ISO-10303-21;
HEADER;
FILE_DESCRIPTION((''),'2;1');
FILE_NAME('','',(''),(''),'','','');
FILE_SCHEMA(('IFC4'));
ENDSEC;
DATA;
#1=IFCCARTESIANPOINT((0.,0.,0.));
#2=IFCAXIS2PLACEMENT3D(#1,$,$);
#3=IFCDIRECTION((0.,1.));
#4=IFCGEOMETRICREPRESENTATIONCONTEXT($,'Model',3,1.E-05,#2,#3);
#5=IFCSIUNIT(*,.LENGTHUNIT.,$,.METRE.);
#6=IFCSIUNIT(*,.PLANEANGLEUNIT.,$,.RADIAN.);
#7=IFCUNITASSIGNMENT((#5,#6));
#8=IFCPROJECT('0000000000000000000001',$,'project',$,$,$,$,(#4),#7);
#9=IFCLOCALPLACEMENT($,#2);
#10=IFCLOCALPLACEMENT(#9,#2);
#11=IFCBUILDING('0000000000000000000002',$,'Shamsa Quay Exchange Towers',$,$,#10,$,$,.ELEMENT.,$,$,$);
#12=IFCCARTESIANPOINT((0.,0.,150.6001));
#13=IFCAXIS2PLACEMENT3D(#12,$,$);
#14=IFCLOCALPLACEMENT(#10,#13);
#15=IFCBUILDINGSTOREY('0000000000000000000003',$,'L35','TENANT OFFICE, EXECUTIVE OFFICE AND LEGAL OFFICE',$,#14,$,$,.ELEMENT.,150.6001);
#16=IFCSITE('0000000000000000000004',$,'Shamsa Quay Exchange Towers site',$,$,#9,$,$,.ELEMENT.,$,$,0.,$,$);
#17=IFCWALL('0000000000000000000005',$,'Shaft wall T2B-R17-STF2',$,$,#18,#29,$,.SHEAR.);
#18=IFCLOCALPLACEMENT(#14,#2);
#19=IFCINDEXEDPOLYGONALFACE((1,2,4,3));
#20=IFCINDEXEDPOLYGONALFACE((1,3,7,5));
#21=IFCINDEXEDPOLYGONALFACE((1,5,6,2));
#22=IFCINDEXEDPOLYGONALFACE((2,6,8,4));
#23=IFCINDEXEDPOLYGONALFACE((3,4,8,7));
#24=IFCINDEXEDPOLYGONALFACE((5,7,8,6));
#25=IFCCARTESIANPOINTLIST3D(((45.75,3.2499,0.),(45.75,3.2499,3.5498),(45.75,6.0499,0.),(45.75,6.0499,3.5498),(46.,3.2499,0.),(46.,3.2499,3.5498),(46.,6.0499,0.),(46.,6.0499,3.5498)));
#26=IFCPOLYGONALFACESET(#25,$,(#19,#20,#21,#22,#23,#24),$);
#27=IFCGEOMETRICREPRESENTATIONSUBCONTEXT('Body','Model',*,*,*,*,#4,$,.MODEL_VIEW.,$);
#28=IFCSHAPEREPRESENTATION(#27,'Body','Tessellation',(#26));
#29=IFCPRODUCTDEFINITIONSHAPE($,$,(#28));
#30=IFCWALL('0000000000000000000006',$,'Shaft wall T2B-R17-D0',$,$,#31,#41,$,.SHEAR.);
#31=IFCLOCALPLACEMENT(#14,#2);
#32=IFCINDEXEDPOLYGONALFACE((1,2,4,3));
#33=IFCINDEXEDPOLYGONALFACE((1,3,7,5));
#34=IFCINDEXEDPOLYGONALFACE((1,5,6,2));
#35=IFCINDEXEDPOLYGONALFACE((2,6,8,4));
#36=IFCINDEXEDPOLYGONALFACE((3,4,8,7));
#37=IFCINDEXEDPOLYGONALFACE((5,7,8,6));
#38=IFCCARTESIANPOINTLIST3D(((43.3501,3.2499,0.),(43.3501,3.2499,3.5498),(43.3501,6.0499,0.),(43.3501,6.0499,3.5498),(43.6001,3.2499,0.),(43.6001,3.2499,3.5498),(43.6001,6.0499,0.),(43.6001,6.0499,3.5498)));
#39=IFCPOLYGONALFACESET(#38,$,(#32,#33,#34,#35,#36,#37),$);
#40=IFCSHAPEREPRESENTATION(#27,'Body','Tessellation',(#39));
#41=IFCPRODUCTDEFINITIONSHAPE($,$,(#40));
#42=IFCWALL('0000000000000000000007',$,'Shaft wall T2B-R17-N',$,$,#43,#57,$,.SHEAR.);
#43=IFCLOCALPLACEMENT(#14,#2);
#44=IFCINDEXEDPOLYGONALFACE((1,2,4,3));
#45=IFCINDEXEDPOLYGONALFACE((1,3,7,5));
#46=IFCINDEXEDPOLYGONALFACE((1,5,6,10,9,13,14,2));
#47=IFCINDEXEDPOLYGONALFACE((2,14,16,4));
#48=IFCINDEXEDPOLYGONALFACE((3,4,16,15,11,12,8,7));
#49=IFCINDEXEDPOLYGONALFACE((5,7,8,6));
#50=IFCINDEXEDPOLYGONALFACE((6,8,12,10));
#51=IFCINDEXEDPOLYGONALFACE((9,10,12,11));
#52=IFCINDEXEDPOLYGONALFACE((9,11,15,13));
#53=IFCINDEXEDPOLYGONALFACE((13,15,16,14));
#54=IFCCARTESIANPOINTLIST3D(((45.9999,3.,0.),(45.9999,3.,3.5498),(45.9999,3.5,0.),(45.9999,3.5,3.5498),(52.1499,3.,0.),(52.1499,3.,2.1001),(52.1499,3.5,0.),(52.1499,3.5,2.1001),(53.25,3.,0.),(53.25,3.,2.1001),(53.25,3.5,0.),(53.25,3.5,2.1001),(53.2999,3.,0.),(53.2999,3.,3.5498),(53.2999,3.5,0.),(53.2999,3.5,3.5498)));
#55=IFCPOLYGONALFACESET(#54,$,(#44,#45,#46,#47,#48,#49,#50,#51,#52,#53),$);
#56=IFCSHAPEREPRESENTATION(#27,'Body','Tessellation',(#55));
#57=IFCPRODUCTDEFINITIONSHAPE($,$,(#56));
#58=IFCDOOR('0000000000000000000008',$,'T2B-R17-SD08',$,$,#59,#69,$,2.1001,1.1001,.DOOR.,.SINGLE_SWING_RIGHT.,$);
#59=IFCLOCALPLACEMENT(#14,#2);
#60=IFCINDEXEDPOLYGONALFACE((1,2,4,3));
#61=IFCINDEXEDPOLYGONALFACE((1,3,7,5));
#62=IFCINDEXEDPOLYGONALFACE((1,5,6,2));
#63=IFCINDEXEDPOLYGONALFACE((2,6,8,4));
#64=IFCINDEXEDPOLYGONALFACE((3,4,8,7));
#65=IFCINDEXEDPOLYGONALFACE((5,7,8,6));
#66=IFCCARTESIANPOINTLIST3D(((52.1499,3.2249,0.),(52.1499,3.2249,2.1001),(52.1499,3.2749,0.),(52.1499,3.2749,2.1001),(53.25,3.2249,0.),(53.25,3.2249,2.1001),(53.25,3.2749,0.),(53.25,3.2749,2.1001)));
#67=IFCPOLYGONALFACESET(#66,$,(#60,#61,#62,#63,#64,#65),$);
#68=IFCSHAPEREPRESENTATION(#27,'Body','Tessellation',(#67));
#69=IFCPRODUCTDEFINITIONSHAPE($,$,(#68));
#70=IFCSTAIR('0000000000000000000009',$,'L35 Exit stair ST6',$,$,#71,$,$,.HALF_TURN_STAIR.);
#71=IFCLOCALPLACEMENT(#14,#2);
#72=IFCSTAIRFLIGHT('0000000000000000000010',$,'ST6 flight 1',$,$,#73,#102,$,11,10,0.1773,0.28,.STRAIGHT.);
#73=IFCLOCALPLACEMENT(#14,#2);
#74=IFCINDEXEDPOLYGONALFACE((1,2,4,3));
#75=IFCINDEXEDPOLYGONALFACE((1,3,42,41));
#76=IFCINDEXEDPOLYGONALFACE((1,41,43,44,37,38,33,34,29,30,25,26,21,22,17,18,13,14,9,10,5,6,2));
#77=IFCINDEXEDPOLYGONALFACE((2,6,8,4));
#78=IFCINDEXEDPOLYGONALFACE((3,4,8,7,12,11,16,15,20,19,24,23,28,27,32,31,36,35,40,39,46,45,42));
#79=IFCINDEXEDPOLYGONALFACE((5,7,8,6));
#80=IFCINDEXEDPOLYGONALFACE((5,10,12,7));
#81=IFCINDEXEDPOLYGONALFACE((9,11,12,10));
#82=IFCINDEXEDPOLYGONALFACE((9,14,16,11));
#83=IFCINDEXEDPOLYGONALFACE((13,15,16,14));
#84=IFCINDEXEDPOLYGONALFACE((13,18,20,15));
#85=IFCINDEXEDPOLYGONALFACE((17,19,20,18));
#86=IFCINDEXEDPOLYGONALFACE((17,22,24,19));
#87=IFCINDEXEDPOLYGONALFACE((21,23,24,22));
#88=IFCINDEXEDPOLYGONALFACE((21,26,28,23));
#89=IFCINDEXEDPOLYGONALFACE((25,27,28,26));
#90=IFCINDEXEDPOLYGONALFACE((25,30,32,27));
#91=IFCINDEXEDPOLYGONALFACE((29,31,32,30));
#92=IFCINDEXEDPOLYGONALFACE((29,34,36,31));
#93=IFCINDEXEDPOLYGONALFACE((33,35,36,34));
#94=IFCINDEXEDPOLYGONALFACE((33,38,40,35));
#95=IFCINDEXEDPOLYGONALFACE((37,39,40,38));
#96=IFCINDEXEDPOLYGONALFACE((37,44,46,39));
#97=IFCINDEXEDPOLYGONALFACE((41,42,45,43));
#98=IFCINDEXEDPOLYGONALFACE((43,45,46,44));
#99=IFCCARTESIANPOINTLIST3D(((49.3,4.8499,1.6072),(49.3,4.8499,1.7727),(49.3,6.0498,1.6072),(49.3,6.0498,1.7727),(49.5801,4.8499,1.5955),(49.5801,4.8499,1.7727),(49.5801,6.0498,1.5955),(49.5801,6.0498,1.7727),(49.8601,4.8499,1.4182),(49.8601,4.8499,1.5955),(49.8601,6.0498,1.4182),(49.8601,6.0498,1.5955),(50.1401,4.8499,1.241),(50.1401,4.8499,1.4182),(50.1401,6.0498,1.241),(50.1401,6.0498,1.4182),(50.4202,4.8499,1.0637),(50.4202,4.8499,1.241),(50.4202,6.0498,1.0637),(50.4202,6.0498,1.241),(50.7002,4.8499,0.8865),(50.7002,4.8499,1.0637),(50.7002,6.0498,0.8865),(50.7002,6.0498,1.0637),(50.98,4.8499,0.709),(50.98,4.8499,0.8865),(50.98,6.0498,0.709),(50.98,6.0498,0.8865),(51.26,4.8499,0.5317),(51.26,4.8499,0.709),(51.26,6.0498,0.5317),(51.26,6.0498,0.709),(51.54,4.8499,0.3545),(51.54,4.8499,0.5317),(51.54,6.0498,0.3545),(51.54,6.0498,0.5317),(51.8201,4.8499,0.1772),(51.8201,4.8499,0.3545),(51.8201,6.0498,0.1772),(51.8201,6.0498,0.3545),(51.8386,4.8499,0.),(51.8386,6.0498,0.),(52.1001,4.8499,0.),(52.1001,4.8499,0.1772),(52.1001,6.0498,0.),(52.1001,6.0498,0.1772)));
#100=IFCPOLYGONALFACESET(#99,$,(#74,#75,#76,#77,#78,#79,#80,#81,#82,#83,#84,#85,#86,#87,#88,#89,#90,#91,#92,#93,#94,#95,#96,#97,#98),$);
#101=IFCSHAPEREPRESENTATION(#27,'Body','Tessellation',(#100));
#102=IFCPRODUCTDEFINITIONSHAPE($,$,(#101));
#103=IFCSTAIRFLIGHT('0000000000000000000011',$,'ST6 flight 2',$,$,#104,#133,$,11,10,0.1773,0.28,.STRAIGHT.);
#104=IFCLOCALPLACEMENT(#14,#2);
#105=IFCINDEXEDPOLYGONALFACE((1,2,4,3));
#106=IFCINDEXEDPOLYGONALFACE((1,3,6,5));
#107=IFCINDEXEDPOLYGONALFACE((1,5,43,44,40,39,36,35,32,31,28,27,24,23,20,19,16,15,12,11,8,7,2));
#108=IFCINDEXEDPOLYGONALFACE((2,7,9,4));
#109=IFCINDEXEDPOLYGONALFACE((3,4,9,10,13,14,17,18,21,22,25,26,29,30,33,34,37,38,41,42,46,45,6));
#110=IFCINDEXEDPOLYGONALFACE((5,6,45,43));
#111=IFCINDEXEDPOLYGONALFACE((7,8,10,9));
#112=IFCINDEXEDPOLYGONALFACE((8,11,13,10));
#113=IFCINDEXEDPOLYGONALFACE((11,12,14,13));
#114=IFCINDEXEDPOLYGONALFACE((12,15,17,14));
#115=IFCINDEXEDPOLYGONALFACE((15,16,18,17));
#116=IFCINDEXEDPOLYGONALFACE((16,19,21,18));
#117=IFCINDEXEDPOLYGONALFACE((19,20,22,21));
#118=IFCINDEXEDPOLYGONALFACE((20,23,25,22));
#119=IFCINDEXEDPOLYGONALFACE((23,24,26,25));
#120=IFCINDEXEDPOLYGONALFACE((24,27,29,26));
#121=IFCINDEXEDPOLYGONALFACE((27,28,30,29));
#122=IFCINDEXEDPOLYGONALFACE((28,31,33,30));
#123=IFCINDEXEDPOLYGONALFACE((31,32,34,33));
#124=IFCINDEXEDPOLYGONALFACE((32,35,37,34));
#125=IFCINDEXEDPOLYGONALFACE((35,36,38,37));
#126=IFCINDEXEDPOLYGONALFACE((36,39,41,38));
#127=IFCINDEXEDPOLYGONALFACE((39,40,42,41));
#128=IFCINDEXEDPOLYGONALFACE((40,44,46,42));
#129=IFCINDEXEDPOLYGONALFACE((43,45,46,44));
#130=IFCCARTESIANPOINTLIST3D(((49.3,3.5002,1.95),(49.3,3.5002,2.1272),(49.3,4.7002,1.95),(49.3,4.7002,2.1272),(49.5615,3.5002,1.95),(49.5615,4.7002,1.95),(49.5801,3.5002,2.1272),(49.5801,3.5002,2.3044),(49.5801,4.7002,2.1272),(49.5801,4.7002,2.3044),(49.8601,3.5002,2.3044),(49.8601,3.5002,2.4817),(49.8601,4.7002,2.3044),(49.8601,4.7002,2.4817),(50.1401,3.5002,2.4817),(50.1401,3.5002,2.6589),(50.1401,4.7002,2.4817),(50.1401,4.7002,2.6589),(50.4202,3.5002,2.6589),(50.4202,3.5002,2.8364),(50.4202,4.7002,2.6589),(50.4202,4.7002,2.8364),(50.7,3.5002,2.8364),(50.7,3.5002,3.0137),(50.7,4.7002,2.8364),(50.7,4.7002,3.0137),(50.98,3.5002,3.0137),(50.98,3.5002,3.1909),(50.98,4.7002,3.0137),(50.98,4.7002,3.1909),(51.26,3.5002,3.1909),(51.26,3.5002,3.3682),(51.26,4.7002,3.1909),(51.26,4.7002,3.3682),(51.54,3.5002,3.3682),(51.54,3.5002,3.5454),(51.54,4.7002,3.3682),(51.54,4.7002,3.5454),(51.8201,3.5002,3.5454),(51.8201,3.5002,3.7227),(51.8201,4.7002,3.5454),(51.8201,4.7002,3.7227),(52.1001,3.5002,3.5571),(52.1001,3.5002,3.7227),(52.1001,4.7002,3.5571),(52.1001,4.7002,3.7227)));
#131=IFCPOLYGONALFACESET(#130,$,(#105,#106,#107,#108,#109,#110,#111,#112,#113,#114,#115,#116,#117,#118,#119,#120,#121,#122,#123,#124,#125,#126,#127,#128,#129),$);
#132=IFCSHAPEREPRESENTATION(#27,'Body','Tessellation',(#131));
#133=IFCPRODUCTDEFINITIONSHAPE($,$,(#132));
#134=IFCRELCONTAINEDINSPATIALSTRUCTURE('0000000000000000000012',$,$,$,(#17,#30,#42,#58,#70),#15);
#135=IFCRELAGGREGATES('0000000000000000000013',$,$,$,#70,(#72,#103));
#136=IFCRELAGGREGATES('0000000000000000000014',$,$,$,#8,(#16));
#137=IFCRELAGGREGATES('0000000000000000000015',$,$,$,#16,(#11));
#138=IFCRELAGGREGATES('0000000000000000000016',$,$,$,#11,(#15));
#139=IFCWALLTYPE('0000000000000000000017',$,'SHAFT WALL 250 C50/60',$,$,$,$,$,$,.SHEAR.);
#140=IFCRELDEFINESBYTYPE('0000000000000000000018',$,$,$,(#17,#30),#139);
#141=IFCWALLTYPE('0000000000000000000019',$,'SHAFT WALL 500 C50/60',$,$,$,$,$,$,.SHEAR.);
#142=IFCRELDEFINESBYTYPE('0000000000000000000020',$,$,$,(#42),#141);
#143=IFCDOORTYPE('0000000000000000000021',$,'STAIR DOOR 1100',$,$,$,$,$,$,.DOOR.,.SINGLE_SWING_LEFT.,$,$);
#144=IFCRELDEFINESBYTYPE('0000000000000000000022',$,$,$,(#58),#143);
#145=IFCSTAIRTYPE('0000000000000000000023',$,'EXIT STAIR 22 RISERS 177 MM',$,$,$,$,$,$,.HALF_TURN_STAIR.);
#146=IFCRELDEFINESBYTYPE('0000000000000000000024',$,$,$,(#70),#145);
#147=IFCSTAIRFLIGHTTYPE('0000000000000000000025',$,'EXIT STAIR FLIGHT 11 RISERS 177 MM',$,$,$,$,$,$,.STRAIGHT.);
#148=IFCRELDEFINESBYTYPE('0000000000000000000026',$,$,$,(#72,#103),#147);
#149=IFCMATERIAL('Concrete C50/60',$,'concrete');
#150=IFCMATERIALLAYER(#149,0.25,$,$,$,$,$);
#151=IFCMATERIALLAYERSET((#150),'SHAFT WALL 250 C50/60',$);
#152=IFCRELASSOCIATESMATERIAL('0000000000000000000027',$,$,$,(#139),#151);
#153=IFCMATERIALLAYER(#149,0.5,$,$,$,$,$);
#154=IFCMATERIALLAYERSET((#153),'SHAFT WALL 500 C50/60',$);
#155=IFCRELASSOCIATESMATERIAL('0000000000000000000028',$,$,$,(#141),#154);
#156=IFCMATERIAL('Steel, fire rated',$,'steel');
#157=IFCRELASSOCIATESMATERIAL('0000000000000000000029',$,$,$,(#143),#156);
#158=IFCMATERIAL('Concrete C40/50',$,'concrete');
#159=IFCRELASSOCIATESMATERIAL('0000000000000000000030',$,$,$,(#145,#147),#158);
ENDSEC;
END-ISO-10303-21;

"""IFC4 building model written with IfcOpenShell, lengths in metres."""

from ifc_helpers import new_model, si_unit, direction, frame, frame_2d, origin, place, context, subcontext, project, spatial, polyline, rectangle, outline, extrude, material, layer, layer_set, type_object, element, fill, aggregate, save


model = new_model("IFC4")

# Units and contexts
model_context = context("Model", 3, precision=1e-05, world=origin(), true_north=direction((0.0, 1.0)))
body_context = subcontext(model_context, "Body", "Model", "MODEL_VIEW")
ifc_project = project(units=[si_unit("LENGTHUNIT", "METRE"), si_unit("PLANEANGLEUNIT", "RADIAN")], contexts=[model_context])

# Site, building, storey
site_placement = place(None, origin())
site = spatial("IfcSite", under=ifc_project, at=site_placement, Name="Shamsa Quay Exchange Towers site", CompositionType="ELEMENT", RefElevation=0.0)
building_placement = place(site_placement, origin())
building = spatial("IfcBuilding", under=site, at=building_placement, Name="Shamsa Quay Exchange Towers", CompositionType="ELEMENT")
storey_placement = place(building_placement, frame((0.0, 0.0, 150.6001)))
storey = spatial("IfcBuildingStorey", under=building, at=storey_placement, Name="L35", Description="TENANT OFFICE, EXECUTIVE OFFICE AND LEGAL OFFICE", CompositionType="ELEMENT", Elevation=150.6001)

# Walls
ifc_material_1 = material(Name="Concrete C50/60", Category="concrete")
ifc_layer_1 = layer(ifc_material_1, 0.25)
ifc_layer_set_1 = layer_set([ifc_layer_1], Name="SHAFT WALL 250 C50/60")
wall_type_1 = type_object("IfcWallType", Name="SHAFT WALL 250 C50/60", PredefinedType="SHEAR", material=ifc_layer_set_1)
for number, where, z_axis, x_axis, name in (
    (1, (45.875, 3.25, 0.0), (0.0, 0.0, 1.0), (0.0, 1.0, 0.0), "Shaft wall T2B-R17-STF2"),
    (2, (43.4751, 3.25, 0.0), (0.0, 0.0, 1.0), (0.0, 1.0, 0.0), "Shaft wall T2B-R17-D0"),
):
    element("IfcWall", number, at=place(storey_placement, frame(where, z_axis=z_axis, x_axis=x_axis)), inside=storey, type_object=wall_type_1, Name=name, PredefinedType="SHEAR", context=body_context, shape_type="SweptSolid", body=[
        extrude(rectangle(XDim=2.8, YDim=0.25, at=frame_2d((1.3999, 0.0))), origin(), (0.0, 0.0, 1.0), 3.5498),
    ])

# Wall, opening, door
ifc_layer_2 = layer(ifc_material_1, 0.5)
ifc_layer_set_2 = layer_set([ifc_layer_2], Name="SHAFT WALL 500 C50/60")
wall_type_2 = type_object("IfcWallType", Name="SHAFT WALL 500 C50/60", PredefinedType="SHEAR", material=ifc_layer_set_2)
wall_1_placement = place(storey_placement, frame((46.0, 3.25, 0.0)))
wall_1 = element("IfcWall", 3, at=wall_1_placement, inside=storey, type_object=wall_type_2, Name="Shaft wall T2B-R17-N", PredefinedType="SHEAR", context=body_context, shape_type="SweptSolid", body=[
    extrude(rectangle(XDim=7.3, YDim=0.5, at=frame_2d((3.6499, 0.0))), origin(), (0.0, 0.0, 1.0), 3.5498),
])
opening_placement = place(wall_1_placement, frame((6.1499, 0.0, 0.0)))
opening = element("IfcOpeningElement", 4, at=opening_placement, cuts=wall_1, PredefinedType="OPENING", context=body_context, shape_type="SweptSolid", body=[
    extrude(rectangle(XDim=1.1001, YDim=2.1001, at=frame_2d((0.55, 1.05))), frame((0.0, 0.26, 0.0), z_axis=(0.0, -1.0, 0.0), x_axis=(1.0, 0.0, 0.0)), (0.0, 0.0, 1.0), 0.52),
])
ifc_material_2 = material(Name="Steel, fire rated", Category="steel")
door_type = type_object("IfcDoorType", Name="STAIR DOOR 1100", OperationType="SINGLE_SWING_LEFT", PredefinedType="DOOR", material=ifc_material_2)
door_placement = place(opening_placement, origin())
door = element("IfcDoor", 5, at=door_placement, inside=storey, type_object=door_type, Name="T2B-R17-SD08", OperationType="SINGLE_SWING_RIGHT", OverallHeight=2.1001, OverallWidth=1.1001, PredefinedType="DOOR", context=body_context, shape_type="SweptSolid", body=[
    extrude(rectangle(XDim=1.1001, YDim=2.1001, at=frame_2d((0.55, 1.05))), frame((0.0, 0.0249, 0.0), z_axis=(0.0, -1.0, 0.0), x_axis=(1.0, 0.0, 0.0)), (0.0, 0.0, 1.0), 0.05),
])
fill(opening, door)

# Stair, stair flights
ifc_material_3 = material(Name="Concrete C40/50", Category="concrete")
stair_type = type_object("IfcStairType", Name="EXIT STAIR 22 RISERS 177 MM", PredefinedType="HALF_TURN_STAIR", material=ifc_material_3)
stair_placement = place(storey_placement, origin())
stair = element("IfcStair", 6, at=stair_placement, inside=storey, type_object=stair_type, Name="L35 Exit stair ST6", PredefinedType="HALF_TURN_STAIR")
stair_flight_type = type_object("IfcStairFlightType", Name="EXIT STAIR FLIGHT 11 RISERS 177 MM", PredefinedType="STRAIGHT", material=ifc_material_3)
stair_flight_1_placement = place(storey_placement, frame((52.1001, 5.45, 0.0), z_axis=(0.0, 0.0, 1.0), x_axis=(-1.0, 0.0, 0.0)))
stair_flight_1 = element("IfcStairFlight", 7, at=stair_flight_1_placement, type_object=stair_flight_type, Name="ST6 flight 1", NumberOfRisers=11, NumberOfTreads=10, PredefinedType="STRAIGHT", RiserHeight=0.1773, TreadLength=0.28, context=body_context, shape_type="SweptSolid", body=[
    extrude(outline(polyline([(0.0, 0.0), (0.0, 0.1772), (0.28, 0.1772), (0.28, 0.3545), (0.5601, 0.3545), (0.5601, 0.5317), (0.8401, 0.5317), (0.8401, 0.709), (1.1201, 0.709), (1.1201, 0.8865), (1.3999, 0.8865), (1.3999, 1.0637), (1.6799, 1.0637), (1.6799, 1.241), (1.96, 1.241), (1.96, 1.4182), (2.24, 1.4182), (2.24, 1.5955), (2.52, 1.5955), (2.52, 1.7727), (2.8, 1.7727), (2.8, 1.95), (2.8, 1.6072), (0.2615, 0.0), (0.0, 0.0)])), frame((0.0, 0.6001, 0.0), z_axis=(0.0, -1.0, 0.0), x_axis=(1.0, 0.0, 0.0)), (0.0, 0.0, 1.0), 1.2),
])
stair_flight_2_placement = place(storey_placement, frame((49.3, 4.1001, 1.95)))
stair_flight_2 = element("IfcStairFlight", 8, at=stair_flight_2_placement, type_object=stair_flight_type, Name="ST6 flight 2", NumberOfRisers=11, NumberOfTreads=10, PredefinedType="STRAIGHT", RiserHeight=0.1773, TreadLength=0.28, context=body_context, shape_type="SweptSolid", body=[
    extrude(outline(polyline([(0.0, 0.0), (0.0, 0.1772), (0.28, 0.1772), (0.28, 0.3545), (0.5601, 0.3545), (0.5601, 0.5317), (0.8401, 0.5317), (0.8401, 0.709), (1.1201, 0.709), (1.1201, 0.8865), (1.3999, 0.8865), (1.3999, 1.0637), (1.6799, 1.0637), (1.6799, 1.241), (1.96, 1.241), (1.96, 1.4182), (2.24, 1.4182), (2.24, 1.5955), (2.52, 1.5955), (2.52, 1.7727), (2.8, 1.7727), (2.8, 1.95), (2.8, 1.6072), (0.2615, 0.0), (0.0, 0.0)])), frame((0.0, 0.6001, 0.0), z_axis=(0.0, -1.0, 0.0), x_axis=(1.0, 0.0, 0.0)), (0.0, 0.0, 1.0), 1.2),
])
aggregate(stair, [stair_flight_1, stair_flight_2])

save(model, "model.ifc")
